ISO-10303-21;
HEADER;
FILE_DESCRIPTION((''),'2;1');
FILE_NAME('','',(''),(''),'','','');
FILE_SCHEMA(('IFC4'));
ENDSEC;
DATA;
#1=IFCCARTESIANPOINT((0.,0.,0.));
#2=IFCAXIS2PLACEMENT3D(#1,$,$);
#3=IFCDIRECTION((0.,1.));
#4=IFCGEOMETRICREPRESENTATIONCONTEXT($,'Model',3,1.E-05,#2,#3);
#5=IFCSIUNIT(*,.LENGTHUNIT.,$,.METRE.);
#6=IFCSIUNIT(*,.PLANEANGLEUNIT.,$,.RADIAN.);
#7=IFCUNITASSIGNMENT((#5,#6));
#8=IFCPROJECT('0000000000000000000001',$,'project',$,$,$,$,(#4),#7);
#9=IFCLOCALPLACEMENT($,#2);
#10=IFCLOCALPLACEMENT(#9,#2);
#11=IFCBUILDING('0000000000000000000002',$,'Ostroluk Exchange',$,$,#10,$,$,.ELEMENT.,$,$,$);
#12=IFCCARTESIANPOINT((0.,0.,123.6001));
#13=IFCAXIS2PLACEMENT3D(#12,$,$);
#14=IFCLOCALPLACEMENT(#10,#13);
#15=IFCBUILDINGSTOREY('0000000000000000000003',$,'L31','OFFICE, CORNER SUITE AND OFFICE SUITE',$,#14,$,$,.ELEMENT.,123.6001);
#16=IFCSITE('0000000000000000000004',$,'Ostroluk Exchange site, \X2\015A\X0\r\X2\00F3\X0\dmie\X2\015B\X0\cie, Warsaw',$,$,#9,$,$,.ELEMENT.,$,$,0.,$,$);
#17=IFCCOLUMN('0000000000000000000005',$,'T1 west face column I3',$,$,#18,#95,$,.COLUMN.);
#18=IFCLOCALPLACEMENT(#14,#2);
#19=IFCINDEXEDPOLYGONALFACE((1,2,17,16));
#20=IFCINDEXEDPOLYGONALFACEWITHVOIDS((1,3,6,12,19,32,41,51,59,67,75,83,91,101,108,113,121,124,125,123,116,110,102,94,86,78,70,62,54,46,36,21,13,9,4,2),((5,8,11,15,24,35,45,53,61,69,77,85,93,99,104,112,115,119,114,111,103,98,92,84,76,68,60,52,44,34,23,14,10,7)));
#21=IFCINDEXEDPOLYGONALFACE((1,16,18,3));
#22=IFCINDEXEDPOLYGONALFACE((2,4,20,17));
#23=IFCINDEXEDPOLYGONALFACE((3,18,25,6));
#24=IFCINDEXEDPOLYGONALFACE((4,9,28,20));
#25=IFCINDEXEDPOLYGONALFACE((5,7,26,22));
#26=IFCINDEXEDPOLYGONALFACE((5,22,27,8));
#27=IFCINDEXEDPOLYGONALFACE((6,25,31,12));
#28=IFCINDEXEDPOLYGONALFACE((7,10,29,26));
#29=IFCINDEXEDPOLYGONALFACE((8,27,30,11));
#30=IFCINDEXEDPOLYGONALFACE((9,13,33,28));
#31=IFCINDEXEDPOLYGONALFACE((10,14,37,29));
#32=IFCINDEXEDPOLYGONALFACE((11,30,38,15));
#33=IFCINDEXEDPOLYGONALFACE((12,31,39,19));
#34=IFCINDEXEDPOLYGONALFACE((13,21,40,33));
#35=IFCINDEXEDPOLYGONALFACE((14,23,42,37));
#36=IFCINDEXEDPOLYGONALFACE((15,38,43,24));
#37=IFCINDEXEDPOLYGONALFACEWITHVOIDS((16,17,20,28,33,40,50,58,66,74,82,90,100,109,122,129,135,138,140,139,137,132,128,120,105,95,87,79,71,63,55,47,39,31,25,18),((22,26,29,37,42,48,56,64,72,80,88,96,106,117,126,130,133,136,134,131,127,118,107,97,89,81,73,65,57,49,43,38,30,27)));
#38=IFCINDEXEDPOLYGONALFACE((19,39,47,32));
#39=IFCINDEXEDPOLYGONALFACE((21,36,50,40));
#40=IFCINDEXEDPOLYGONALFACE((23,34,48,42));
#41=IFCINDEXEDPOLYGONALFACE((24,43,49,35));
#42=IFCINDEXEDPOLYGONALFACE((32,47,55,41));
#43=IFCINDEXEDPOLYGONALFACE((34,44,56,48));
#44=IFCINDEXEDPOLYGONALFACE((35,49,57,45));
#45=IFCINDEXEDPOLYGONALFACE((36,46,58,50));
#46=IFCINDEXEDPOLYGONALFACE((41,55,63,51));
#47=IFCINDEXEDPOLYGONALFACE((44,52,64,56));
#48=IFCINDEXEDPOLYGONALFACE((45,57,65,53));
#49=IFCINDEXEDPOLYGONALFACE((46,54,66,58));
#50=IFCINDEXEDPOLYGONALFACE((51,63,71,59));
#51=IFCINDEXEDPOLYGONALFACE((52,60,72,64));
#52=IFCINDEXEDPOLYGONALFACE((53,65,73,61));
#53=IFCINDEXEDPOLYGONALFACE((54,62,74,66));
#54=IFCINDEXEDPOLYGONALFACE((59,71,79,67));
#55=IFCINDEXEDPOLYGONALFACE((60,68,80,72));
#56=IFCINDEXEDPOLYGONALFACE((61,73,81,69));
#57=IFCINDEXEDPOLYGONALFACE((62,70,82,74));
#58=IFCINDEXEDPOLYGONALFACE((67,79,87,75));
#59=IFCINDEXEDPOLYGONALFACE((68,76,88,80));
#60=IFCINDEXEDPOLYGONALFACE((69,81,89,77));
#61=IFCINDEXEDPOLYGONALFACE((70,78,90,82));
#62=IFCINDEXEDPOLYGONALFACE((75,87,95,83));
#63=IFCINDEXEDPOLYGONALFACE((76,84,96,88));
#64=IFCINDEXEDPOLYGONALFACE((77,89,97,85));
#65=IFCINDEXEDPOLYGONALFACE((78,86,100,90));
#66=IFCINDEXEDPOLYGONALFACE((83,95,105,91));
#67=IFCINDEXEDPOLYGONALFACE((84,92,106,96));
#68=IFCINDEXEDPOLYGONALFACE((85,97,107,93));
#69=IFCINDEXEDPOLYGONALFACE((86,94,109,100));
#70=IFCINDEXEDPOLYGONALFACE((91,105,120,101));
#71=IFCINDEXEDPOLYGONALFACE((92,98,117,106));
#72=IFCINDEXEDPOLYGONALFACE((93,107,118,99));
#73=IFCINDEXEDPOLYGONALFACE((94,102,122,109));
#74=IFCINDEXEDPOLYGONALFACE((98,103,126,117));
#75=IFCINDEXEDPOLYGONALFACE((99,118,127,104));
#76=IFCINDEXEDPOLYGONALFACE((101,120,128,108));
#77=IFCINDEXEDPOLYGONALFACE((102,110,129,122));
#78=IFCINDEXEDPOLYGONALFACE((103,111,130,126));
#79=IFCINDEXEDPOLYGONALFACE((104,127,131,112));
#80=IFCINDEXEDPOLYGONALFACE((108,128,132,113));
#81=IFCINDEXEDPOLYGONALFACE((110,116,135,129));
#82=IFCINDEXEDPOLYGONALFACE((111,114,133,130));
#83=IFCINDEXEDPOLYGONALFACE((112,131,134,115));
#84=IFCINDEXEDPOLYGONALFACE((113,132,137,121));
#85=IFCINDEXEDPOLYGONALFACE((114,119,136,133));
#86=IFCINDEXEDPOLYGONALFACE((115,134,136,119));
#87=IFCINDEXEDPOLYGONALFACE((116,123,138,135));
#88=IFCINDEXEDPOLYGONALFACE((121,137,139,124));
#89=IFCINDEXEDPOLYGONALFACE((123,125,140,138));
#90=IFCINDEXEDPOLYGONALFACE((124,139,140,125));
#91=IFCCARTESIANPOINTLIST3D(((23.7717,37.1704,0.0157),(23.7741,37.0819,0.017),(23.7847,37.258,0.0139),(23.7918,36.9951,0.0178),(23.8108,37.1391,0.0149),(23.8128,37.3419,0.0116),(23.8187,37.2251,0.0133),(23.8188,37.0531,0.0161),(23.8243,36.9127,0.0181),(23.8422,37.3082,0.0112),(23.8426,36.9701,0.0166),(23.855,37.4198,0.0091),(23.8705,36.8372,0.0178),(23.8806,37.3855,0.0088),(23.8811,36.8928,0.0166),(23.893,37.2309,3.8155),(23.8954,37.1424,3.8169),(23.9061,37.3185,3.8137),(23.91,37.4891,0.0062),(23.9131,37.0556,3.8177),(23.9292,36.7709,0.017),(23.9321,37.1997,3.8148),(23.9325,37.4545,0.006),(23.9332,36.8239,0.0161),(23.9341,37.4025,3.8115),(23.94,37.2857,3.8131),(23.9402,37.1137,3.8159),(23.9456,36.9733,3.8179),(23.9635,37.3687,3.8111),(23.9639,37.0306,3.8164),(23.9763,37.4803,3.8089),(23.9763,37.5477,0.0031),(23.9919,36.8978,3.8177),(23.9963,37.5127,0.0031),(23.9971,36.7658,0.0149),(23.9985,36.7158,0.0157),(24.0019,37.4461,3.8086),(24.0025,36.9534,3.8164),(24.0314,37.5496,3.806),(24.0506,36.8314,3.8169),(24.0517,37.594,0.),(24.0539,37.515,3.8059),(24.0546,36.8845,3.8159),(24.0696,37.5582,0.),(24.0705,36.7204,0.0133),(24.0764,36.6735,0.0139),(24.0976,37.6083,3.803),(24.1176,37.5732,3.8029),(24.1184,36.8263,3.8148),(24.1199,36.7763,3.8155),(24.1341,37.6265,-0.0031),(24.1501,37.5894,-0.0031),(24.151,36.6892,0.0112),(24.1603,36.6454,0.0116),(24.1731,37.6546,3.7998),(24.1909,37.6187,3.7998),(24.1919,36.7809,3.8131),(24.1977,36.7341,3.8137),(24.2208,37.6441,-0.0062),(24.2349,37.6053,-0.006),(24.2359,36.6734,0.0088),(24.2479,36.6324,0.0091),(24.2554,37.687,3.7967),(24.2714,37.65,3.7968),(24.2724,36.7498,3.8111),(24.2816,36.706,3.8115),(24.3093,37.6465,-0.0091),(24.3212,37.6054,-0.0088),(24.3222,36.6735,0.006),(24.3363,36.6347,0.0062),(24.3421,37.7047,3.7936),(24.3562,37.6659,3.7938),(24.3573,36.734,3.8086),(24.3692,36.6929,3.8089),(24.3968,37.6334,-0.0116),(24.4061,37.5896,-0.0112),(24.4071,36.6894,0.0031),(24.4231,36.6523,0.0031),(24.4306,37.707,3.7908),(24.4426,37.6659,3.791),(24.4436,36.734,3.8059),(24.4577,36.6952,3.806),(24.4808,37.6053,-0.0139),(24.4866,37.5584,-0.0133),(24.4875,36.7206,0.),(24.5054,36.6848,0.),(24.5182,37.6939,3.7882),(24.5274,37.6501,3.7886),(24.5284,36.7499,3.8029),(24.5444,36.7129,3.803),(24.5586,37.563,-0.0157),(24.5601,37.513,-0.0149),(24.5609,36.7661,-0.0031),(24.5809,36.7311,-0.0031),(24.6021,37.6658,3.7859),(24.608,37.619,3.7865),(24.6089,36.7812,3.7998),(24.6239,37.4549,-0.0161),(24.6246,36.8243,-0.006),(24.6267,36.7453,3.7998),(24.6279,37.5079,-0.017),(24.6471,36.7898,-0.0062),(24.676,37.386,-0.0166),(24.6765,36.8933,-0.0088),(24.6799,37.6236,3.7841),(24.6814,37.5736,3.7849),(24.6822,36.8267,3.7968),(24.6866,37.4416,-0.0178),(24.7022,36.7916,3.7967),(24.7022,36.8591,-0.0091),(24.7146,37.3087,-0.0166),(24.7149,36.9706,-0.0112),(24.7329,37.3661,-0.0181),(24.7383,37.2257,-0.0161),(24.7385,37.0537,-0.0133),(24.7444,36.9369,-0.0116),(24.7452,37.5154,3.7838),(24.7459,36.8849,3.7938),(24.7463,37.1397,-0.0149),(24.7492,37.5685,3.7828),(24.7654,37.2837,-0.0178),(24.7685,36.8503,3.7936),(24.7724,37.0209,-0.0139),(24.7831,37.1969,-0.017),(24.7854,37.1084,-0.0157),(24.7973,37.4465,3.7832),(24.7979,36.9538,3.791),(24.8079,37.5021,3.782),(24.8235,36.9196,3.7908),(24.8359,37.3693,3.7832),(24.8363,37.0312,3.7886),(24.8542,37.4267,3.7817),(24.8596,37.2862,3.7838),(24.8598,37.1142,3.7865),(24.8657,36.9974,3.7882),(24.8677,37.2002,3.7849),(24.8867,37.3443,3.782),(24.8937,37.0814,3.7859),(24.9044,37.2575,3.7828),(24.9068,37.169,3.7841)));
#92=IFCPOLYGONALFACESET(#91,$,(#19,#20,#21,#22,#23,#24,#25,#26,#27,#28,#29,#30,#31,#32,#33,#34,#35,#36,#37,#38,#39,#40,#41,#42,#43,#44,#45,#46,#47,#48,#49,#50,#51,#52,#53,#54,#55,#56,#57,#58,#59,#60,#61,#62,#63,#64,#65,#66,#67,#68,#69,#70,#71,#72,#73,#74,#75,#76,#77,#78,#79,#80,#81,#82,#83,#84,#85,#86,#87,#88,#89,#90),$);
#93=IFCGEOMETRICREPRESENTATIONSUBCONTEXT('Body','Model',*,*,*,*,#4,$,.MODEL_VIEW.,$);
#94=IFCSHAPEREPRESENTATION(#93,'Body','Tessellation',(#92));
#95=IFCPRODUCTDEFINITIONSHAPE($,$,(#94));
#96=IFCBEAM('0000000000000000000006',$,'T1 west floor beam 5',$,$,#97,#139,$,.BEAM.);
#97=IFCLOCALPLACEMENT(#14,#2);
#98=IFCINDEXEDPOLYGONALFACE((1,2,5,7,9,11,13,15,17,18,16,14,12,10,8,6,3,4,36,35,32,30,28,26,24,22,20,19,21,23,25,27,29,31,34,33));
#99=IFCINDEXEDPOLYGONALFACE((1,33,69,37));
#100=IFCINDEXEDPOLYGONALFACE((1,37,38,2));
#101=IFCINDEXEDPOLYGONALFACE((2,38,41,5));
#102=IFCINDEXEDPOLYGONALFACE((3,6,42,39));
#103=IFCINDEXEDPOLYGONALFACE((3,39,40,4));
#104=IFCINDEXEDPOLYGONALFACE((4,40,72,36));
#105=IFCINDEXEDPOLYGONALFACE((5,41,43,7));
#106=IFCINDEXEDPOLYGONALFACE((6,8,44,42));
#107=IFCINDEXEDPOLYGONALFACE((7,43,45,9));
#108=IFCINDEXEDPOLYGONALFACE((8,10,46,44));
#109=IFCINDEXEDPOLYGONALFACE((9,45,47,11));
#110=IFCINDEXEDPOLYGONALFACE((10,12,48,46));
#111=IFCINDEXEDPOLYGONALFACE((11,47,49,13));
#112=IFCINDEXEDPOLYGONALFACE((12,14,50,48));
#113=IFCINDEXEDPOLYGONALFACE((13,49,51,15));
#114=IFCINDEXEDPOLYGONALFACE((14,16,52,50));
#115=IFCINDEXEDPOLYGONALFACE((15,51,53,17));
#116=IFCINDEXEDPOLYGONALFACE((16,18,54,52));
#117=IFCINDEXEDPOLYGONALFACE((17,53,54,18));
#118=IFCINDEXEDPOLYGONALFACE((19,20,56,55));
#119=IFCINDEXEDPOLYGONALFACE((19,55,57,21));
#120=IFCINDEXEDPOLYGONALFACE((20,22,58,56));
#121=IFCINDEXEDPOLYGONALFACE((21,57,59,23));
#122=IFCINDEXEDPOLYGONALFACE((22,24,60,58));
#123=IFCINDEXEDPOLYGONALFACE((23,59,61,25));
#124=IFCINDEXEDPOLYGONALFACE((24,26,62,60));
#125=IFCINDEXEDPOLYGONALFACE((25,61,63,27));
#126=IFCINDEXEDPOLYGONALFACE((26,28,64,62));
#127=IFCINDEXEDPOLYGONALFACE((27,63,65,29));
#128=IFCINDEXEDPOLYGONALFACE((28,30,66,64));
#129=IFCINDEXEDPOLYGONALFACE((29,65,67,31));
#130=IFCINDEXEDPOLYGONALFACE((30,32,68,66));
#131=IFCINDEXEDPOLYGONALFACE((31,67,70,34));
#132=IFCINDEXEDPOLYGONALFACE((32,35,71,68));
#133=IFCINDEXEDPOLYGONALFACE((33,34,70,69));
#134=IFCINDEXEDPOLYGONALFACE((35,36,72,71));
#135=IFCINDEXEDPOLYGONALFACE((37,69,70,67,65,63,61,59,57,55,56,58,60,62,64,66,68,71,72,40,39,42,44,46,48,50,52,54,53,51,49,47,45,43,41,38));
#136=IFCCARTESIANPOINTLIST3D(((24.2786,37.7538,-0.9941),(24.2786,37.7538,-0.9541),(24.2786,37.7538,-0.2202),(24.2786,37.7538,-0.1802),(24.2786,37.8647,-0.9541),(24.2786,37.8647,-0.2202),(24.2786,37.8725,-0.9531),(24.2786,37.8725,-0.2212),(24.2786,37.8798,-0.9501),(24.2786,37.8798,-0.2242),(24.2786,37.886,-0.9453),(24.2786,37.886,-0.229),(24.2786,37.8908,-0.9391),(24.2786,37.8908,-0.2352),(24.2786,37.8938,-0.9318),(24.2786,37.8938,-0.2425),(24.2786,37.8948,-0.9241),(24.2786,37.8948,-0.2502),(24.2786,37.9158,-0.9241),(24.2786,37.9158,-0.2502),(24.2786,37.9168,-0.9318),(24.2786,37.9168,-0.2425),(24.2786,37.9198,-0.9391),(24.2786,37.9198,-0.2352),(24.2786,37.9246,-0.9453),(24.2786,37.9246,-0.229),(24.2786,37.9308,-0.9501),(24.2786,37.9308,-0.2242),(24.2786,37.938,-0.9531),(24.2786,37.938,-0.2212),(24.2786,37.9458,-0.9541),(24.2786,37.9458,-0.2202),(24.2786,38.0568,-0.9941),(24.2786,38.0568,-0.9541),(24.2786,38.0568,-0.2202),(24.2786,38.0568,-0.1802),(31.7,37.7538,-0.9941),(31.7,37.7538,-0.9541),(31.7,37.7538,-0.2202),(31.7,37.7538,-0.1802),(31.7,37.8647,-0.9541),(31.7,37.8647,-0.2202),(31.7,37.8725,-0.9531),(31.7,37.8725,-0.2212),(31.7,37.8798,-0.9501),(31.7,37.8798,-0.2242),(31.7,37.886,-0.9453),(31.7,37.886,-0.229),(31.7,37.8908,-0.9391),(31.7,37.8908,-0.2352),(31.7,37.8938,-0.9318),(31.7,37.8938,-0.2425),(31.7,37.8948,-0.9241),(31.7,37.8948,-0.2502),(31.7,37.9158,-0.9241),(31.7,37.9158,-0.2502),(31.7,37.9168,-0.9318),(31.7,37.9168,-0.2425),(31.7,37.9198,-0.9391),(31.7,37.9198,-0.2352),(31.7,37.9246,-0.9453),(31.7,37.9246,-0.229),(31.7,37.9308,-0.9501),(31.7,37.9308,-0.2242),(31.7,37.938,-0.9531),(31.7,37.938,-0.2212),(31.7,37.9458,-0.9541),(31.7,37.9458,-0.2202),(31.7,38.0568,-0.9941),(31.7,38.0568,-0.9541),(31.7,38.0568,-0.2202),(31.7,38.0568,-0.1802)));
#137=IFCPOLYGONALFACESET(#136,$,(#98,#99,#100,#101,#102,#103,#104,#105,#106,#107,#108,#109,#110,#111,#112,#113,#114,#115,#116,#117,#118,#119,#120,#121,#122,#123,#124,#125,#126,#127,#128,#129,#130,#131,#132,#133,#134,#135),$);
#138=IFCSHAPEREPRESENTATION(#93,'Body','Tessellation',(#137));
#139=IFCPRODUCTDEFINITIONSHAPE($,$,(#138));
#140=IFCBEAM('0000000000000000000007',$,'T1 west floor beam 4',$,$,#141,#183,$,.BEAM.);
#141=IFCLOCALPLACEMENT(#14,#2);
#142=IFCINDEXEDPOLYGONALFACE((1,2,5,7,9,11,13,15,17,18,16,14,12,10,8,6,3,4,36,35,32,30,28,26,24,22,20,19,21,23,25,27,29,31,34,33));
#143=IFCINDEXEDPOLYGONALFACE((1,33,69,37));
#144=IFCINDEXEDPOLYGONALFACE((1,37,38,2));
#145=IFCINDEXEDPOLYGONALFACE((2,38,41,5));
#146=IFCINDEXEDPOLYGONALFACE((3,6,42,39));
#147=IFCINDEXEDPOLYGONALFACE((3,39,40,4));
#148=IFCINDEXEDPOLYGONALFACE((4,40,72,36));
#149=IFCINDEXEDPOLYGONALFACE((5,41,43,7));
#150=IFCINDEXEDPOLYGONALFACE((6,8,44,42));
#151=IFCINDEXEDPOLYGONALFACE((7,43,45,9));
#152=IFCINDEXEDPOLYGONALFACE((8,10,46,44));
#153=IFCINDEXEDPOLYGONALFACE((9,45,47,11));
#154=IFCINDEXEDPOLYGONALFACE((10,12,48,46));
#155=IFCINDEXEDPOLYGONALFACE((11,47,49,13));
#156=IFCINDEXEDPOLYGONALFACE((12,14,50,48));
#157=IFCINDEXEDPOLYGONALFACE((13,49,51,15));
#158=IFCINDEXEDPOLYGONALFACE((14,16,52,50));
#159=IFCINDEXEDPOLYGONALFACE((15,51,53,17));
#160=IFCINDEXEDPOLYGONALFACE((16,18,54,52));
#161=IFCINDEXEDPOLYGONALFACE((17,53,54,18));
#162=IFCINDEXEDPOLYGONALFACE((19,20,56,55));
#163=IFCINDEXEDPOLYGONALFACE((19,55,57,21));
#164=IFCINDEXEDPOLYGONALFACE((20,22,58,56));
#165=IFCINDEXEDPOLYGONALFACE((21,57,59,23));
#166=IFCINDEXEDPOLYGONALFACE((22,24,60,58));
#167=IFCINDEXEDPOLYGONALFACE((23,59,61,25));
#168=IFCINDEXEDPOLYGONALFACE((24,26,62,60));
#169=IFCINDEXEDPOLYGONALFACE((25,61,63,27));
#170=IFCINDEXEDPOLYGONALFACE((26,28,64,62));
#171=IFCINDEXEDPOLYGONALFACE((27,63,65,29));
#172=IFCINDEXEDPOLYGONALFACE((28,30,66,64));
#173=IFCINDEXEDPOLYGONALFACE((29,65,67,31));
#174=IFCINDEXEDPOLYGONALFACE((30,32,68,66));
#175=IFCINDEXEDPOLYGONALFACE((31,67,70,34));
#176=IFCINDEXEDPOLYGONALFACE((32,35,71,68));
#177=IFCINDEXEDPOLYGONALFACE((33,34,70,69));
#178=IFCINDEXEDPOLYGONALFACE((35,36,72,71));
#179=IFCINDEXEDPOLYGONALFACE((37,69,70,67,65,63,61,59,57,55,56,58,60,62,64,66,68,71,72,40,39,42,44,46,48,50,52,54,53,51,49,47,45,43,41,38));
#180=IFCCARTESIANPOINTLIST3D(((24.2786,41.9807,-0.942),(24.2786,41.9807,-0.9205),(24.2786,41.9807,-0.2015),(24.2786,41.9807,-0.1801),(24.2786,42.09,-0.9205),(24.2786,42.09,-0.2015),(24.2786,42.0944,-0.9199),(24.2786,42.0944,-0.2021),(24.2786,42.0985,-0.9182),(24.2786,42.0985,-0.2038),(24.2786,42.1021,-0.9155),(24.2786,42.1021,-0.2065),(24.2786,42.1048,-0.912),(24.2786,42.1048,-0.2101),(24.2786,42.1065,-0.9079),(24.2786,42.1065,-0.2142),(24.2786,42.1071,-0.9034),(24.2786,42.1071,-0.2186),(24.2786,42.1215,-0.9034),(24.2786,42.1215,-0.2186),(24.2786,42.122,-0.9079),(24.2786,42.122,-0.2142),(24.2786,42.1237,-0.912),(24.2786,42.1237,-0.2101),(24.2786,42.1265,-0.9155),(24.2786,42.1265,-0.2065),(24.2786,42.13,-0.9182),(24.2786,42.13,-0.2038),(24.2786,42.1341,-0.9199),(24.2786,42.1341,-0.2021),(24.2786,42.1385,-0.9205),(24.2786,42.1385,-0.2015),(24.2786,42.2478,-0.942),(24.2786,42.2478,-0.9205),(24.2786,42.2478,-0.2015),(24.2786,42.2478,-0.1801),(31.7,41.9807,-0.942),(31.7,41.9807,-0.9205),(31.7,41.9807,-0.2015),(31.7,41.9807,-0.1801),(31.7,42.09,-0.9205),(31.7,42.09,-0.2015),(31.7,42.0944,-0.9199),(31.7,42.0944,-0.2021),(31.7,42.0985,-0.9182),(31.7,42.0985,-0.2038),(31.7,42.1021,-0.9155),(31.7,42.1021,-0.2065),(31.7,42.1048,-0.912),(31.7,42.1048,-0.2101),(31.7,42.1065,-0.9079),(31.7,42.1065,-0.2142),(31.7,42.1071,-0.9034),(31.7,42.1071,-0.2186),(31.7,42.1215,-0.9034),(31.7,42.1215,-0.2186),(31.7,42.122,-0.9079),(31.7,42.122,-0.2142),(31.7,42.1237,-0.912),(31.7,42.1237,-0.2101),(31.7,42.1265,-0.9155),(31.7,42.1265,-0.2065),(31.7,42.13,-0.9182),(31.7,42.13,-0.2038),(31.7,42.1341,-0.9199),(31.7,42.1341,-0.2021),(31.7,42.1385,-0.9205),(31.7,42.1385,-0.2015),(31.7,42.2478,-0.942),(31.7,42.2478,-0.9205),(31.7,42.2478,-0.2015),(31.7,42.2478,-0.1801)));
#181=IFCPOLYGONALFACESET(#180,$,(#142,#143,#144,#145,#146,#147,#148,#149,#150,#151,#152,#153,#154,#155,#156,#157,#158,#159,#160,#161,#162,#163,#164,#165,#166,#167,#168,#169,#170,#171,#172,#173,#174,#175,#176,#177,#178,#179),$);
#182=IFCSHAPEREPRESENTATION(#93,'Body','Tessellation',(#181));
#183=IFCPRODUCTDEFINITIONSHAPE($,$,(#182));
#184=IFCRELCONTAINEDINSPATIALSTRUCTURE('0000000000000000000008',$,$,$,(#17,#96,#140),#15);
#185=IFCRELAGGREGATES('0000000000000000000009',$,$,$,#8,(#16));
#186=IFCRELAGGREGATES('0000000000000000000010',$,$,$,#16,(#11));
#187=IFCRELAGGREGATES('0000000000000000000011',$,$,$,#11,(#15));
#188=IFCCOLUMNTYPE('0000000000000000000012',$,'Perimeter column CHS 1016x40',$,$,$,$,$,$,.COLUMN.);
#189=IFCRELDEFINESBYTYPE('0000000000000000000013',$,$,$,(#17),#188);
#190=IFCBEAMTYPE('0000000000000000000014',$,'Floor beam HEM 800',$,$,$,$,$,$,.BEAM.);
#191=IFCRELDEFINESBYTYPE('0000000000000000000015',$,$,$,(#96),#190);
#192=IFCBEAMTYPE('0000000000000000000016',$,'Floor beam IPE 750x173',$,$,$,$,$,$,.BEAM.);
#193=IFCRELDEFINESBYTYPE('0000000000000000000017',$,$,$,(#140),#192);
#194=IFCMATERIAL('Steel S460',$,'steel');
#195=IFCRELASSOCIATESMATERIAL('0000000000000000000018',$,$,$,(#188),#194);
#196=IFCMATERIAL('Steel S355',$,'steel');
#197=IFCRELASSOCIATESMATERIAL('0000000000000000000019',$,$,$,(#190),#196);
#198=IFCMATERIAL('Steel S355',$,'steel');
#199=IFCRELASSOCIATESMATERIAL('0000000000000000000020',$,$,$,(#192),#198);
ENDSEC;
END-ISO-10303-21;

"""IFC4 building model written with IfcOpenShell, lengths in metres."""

from ifc_helpers import new_model, si_unit, direction, frame, origin, origin_2d, place, context, subcontext, project, spatial, hollow_circle, i_section, extrude, material, material_profile, profile_set, type_object, element, save


model = new_model("IFC4")

# Units and contexts
model_context = context("Model", 3, precision=1e-05, world=origin(), true_north=direction((0.0, 1.0)))
body_context = subcontext(model_context, "Body", "Model", "MODEL_VIEW")
ifc_project = project(units=[si_unit("LENGTHUNIT", "METRE"), si_unit("PLANEANGLEUNIT", "RADIAN")], contexts=[model_context])

# Site, building, storey
site_placement = place(None, origin())
site = spatial("IfcSite", under=ifc_project, at=site_placement, Name="Ostroluk Exchange site, Śródmieście, Warsaw", CompositionType="ELEMENT", RefElevation=0.0)
building_placement = place(site_placement, origin())
building = spatial("IfcBuilding", under=site, at=building_placement, Name="Ostroluk Exchange", CompositionType="ELEMENT")
storey_placement = place(building_placement, frame((0.0, 0.0, 123.6001)))
storey = spatial("IfcBuildingStorey", under=building, at=storey_placement, Name="L31", Description="OFFICE, CORNER SUITE AND OFFICE SUITE", CompositionType="ELEMENT", Elevation=123.6001)

# Column
ifc_material_1 = material(Name="Steel S460", Category="steel")
ifc_material_profile_1 = material_profile(ifc_material_1, hollow_circle(Radius=0.5081, WallThickness=0.04, at=origin_2d()), Name="CHS 1016x40")
ifc_profile_set_1 = profile_set([ifc_material_profile_1], Name="Steel S460")
column_type = type_object("IfcColumnType", Name="Perimeter column CHS 1016x40", PredefinedType="COLUMN", material=ifc_profile_set_1)
column_placement = place(storey_placement, frame((24.2786, 37.1394, 0.0), z_axis=(0.031912, 0.015924, 0.999364), x_axis=(-0.446493, 0.894787, 0.0)))
element("IfcColumn", 1, at=column_placement, inside=storey, type_object=column_type, Name="T1 west face column I3", PredefinedType="COLUMN", context=body_context, shape_type="SweptSolid", body=[
    extrude(hollow_circle(Radius=0.5081, WallThickness=0.04, at=origin_2d()), origin(), (0.0, 0.0, 1.0), 3.8022),
])

# Beams
ifc_material_2 = material(Name="Steel S355", Category="steel")
ifc_material_profile_2 = material_profile(ifc_material_2, i_section(OverallWidth=0.303, OverallDepth=0.814, WebThickness=0.021, FlangeThickness=0.04, FilletRadius=0.03, at=origin_2d()), Name="HEM 800")
ifc_profile_set_2 = profile_set([ifc_material_profile_2], Name="Steel S355")
beam_type_1 = type_object("IfcBeamType", Name="Floor beam HEM 800", PredefinedType="BEAM", material=ifc_profile_set_2)
beam_1_placement = place(storey_placement, frame((31.7, 37.9053, -0.5872), z_axis=(-1.0, 0.0, 0.0), x_axis=(0.0, -1.0, 0.0)))
element("IfcBeam", 2, at=beam_1_placement, inside=storey, type_object=beam_type_1, Name="T1 west floor beam 5", PredefinedType="BEAM", context=body_context, shape_type="SweptSolid", body=[
    extrude(i_section(OverallWidth=0.303, OverallDepth=0.814, WebThickness=0.021, FlangeThickness=0.04, FilletRadius=0.03, at=origin_2d()), origin(), (0.0, 0.0, 1.0), 7.4214),
])
ifc_material_3 = material(Name="Steel S355", Category="steel")
ifc_material_profile_3 = material_profile(ifc_material_3, i_section(OverallWidth=0.2671, OverallDepth=0.762, WebThickness=0.0144, FlangeThickness=0.0215, FilletRadius=0.0171, at=origin_2d()), Name="IPE 750x173")
ifc_profile_set_3 = profile_set([ifc_material_profile_3], Name="Steel S355")
beam_type_2 = type_object("IfcBeamType", Name="Floor beam IPE 750x173", PredefinedType="BEAM", material=ifc_profile_set_3)
beam_2_placement = place(storey_placement, frame((31.7, 42.1143, -0.561), z_axis=(-1.0, 0.0, 0.0), x_axis=(0.0, -1.0, 0.0)))
element("IfcBeam", 3, at=beam_2_placement, inside=storey, type_object=beam_type_2, Name="T1 west floor beam 4", PredefinedType="BEAM", context=body_context, shape_type="SweptSolid", body=[
    extrude(i_section(OverallWidth=0.2671, OverallDepth=0.762, WebThickness=0.0144, FlangeThickness=0.0215, FilletRadius=0.0171, at=origin_2d()), origin(), (0.0, 0.0, 1.0), 7.4214),
])

save(model, "model.ifc")
